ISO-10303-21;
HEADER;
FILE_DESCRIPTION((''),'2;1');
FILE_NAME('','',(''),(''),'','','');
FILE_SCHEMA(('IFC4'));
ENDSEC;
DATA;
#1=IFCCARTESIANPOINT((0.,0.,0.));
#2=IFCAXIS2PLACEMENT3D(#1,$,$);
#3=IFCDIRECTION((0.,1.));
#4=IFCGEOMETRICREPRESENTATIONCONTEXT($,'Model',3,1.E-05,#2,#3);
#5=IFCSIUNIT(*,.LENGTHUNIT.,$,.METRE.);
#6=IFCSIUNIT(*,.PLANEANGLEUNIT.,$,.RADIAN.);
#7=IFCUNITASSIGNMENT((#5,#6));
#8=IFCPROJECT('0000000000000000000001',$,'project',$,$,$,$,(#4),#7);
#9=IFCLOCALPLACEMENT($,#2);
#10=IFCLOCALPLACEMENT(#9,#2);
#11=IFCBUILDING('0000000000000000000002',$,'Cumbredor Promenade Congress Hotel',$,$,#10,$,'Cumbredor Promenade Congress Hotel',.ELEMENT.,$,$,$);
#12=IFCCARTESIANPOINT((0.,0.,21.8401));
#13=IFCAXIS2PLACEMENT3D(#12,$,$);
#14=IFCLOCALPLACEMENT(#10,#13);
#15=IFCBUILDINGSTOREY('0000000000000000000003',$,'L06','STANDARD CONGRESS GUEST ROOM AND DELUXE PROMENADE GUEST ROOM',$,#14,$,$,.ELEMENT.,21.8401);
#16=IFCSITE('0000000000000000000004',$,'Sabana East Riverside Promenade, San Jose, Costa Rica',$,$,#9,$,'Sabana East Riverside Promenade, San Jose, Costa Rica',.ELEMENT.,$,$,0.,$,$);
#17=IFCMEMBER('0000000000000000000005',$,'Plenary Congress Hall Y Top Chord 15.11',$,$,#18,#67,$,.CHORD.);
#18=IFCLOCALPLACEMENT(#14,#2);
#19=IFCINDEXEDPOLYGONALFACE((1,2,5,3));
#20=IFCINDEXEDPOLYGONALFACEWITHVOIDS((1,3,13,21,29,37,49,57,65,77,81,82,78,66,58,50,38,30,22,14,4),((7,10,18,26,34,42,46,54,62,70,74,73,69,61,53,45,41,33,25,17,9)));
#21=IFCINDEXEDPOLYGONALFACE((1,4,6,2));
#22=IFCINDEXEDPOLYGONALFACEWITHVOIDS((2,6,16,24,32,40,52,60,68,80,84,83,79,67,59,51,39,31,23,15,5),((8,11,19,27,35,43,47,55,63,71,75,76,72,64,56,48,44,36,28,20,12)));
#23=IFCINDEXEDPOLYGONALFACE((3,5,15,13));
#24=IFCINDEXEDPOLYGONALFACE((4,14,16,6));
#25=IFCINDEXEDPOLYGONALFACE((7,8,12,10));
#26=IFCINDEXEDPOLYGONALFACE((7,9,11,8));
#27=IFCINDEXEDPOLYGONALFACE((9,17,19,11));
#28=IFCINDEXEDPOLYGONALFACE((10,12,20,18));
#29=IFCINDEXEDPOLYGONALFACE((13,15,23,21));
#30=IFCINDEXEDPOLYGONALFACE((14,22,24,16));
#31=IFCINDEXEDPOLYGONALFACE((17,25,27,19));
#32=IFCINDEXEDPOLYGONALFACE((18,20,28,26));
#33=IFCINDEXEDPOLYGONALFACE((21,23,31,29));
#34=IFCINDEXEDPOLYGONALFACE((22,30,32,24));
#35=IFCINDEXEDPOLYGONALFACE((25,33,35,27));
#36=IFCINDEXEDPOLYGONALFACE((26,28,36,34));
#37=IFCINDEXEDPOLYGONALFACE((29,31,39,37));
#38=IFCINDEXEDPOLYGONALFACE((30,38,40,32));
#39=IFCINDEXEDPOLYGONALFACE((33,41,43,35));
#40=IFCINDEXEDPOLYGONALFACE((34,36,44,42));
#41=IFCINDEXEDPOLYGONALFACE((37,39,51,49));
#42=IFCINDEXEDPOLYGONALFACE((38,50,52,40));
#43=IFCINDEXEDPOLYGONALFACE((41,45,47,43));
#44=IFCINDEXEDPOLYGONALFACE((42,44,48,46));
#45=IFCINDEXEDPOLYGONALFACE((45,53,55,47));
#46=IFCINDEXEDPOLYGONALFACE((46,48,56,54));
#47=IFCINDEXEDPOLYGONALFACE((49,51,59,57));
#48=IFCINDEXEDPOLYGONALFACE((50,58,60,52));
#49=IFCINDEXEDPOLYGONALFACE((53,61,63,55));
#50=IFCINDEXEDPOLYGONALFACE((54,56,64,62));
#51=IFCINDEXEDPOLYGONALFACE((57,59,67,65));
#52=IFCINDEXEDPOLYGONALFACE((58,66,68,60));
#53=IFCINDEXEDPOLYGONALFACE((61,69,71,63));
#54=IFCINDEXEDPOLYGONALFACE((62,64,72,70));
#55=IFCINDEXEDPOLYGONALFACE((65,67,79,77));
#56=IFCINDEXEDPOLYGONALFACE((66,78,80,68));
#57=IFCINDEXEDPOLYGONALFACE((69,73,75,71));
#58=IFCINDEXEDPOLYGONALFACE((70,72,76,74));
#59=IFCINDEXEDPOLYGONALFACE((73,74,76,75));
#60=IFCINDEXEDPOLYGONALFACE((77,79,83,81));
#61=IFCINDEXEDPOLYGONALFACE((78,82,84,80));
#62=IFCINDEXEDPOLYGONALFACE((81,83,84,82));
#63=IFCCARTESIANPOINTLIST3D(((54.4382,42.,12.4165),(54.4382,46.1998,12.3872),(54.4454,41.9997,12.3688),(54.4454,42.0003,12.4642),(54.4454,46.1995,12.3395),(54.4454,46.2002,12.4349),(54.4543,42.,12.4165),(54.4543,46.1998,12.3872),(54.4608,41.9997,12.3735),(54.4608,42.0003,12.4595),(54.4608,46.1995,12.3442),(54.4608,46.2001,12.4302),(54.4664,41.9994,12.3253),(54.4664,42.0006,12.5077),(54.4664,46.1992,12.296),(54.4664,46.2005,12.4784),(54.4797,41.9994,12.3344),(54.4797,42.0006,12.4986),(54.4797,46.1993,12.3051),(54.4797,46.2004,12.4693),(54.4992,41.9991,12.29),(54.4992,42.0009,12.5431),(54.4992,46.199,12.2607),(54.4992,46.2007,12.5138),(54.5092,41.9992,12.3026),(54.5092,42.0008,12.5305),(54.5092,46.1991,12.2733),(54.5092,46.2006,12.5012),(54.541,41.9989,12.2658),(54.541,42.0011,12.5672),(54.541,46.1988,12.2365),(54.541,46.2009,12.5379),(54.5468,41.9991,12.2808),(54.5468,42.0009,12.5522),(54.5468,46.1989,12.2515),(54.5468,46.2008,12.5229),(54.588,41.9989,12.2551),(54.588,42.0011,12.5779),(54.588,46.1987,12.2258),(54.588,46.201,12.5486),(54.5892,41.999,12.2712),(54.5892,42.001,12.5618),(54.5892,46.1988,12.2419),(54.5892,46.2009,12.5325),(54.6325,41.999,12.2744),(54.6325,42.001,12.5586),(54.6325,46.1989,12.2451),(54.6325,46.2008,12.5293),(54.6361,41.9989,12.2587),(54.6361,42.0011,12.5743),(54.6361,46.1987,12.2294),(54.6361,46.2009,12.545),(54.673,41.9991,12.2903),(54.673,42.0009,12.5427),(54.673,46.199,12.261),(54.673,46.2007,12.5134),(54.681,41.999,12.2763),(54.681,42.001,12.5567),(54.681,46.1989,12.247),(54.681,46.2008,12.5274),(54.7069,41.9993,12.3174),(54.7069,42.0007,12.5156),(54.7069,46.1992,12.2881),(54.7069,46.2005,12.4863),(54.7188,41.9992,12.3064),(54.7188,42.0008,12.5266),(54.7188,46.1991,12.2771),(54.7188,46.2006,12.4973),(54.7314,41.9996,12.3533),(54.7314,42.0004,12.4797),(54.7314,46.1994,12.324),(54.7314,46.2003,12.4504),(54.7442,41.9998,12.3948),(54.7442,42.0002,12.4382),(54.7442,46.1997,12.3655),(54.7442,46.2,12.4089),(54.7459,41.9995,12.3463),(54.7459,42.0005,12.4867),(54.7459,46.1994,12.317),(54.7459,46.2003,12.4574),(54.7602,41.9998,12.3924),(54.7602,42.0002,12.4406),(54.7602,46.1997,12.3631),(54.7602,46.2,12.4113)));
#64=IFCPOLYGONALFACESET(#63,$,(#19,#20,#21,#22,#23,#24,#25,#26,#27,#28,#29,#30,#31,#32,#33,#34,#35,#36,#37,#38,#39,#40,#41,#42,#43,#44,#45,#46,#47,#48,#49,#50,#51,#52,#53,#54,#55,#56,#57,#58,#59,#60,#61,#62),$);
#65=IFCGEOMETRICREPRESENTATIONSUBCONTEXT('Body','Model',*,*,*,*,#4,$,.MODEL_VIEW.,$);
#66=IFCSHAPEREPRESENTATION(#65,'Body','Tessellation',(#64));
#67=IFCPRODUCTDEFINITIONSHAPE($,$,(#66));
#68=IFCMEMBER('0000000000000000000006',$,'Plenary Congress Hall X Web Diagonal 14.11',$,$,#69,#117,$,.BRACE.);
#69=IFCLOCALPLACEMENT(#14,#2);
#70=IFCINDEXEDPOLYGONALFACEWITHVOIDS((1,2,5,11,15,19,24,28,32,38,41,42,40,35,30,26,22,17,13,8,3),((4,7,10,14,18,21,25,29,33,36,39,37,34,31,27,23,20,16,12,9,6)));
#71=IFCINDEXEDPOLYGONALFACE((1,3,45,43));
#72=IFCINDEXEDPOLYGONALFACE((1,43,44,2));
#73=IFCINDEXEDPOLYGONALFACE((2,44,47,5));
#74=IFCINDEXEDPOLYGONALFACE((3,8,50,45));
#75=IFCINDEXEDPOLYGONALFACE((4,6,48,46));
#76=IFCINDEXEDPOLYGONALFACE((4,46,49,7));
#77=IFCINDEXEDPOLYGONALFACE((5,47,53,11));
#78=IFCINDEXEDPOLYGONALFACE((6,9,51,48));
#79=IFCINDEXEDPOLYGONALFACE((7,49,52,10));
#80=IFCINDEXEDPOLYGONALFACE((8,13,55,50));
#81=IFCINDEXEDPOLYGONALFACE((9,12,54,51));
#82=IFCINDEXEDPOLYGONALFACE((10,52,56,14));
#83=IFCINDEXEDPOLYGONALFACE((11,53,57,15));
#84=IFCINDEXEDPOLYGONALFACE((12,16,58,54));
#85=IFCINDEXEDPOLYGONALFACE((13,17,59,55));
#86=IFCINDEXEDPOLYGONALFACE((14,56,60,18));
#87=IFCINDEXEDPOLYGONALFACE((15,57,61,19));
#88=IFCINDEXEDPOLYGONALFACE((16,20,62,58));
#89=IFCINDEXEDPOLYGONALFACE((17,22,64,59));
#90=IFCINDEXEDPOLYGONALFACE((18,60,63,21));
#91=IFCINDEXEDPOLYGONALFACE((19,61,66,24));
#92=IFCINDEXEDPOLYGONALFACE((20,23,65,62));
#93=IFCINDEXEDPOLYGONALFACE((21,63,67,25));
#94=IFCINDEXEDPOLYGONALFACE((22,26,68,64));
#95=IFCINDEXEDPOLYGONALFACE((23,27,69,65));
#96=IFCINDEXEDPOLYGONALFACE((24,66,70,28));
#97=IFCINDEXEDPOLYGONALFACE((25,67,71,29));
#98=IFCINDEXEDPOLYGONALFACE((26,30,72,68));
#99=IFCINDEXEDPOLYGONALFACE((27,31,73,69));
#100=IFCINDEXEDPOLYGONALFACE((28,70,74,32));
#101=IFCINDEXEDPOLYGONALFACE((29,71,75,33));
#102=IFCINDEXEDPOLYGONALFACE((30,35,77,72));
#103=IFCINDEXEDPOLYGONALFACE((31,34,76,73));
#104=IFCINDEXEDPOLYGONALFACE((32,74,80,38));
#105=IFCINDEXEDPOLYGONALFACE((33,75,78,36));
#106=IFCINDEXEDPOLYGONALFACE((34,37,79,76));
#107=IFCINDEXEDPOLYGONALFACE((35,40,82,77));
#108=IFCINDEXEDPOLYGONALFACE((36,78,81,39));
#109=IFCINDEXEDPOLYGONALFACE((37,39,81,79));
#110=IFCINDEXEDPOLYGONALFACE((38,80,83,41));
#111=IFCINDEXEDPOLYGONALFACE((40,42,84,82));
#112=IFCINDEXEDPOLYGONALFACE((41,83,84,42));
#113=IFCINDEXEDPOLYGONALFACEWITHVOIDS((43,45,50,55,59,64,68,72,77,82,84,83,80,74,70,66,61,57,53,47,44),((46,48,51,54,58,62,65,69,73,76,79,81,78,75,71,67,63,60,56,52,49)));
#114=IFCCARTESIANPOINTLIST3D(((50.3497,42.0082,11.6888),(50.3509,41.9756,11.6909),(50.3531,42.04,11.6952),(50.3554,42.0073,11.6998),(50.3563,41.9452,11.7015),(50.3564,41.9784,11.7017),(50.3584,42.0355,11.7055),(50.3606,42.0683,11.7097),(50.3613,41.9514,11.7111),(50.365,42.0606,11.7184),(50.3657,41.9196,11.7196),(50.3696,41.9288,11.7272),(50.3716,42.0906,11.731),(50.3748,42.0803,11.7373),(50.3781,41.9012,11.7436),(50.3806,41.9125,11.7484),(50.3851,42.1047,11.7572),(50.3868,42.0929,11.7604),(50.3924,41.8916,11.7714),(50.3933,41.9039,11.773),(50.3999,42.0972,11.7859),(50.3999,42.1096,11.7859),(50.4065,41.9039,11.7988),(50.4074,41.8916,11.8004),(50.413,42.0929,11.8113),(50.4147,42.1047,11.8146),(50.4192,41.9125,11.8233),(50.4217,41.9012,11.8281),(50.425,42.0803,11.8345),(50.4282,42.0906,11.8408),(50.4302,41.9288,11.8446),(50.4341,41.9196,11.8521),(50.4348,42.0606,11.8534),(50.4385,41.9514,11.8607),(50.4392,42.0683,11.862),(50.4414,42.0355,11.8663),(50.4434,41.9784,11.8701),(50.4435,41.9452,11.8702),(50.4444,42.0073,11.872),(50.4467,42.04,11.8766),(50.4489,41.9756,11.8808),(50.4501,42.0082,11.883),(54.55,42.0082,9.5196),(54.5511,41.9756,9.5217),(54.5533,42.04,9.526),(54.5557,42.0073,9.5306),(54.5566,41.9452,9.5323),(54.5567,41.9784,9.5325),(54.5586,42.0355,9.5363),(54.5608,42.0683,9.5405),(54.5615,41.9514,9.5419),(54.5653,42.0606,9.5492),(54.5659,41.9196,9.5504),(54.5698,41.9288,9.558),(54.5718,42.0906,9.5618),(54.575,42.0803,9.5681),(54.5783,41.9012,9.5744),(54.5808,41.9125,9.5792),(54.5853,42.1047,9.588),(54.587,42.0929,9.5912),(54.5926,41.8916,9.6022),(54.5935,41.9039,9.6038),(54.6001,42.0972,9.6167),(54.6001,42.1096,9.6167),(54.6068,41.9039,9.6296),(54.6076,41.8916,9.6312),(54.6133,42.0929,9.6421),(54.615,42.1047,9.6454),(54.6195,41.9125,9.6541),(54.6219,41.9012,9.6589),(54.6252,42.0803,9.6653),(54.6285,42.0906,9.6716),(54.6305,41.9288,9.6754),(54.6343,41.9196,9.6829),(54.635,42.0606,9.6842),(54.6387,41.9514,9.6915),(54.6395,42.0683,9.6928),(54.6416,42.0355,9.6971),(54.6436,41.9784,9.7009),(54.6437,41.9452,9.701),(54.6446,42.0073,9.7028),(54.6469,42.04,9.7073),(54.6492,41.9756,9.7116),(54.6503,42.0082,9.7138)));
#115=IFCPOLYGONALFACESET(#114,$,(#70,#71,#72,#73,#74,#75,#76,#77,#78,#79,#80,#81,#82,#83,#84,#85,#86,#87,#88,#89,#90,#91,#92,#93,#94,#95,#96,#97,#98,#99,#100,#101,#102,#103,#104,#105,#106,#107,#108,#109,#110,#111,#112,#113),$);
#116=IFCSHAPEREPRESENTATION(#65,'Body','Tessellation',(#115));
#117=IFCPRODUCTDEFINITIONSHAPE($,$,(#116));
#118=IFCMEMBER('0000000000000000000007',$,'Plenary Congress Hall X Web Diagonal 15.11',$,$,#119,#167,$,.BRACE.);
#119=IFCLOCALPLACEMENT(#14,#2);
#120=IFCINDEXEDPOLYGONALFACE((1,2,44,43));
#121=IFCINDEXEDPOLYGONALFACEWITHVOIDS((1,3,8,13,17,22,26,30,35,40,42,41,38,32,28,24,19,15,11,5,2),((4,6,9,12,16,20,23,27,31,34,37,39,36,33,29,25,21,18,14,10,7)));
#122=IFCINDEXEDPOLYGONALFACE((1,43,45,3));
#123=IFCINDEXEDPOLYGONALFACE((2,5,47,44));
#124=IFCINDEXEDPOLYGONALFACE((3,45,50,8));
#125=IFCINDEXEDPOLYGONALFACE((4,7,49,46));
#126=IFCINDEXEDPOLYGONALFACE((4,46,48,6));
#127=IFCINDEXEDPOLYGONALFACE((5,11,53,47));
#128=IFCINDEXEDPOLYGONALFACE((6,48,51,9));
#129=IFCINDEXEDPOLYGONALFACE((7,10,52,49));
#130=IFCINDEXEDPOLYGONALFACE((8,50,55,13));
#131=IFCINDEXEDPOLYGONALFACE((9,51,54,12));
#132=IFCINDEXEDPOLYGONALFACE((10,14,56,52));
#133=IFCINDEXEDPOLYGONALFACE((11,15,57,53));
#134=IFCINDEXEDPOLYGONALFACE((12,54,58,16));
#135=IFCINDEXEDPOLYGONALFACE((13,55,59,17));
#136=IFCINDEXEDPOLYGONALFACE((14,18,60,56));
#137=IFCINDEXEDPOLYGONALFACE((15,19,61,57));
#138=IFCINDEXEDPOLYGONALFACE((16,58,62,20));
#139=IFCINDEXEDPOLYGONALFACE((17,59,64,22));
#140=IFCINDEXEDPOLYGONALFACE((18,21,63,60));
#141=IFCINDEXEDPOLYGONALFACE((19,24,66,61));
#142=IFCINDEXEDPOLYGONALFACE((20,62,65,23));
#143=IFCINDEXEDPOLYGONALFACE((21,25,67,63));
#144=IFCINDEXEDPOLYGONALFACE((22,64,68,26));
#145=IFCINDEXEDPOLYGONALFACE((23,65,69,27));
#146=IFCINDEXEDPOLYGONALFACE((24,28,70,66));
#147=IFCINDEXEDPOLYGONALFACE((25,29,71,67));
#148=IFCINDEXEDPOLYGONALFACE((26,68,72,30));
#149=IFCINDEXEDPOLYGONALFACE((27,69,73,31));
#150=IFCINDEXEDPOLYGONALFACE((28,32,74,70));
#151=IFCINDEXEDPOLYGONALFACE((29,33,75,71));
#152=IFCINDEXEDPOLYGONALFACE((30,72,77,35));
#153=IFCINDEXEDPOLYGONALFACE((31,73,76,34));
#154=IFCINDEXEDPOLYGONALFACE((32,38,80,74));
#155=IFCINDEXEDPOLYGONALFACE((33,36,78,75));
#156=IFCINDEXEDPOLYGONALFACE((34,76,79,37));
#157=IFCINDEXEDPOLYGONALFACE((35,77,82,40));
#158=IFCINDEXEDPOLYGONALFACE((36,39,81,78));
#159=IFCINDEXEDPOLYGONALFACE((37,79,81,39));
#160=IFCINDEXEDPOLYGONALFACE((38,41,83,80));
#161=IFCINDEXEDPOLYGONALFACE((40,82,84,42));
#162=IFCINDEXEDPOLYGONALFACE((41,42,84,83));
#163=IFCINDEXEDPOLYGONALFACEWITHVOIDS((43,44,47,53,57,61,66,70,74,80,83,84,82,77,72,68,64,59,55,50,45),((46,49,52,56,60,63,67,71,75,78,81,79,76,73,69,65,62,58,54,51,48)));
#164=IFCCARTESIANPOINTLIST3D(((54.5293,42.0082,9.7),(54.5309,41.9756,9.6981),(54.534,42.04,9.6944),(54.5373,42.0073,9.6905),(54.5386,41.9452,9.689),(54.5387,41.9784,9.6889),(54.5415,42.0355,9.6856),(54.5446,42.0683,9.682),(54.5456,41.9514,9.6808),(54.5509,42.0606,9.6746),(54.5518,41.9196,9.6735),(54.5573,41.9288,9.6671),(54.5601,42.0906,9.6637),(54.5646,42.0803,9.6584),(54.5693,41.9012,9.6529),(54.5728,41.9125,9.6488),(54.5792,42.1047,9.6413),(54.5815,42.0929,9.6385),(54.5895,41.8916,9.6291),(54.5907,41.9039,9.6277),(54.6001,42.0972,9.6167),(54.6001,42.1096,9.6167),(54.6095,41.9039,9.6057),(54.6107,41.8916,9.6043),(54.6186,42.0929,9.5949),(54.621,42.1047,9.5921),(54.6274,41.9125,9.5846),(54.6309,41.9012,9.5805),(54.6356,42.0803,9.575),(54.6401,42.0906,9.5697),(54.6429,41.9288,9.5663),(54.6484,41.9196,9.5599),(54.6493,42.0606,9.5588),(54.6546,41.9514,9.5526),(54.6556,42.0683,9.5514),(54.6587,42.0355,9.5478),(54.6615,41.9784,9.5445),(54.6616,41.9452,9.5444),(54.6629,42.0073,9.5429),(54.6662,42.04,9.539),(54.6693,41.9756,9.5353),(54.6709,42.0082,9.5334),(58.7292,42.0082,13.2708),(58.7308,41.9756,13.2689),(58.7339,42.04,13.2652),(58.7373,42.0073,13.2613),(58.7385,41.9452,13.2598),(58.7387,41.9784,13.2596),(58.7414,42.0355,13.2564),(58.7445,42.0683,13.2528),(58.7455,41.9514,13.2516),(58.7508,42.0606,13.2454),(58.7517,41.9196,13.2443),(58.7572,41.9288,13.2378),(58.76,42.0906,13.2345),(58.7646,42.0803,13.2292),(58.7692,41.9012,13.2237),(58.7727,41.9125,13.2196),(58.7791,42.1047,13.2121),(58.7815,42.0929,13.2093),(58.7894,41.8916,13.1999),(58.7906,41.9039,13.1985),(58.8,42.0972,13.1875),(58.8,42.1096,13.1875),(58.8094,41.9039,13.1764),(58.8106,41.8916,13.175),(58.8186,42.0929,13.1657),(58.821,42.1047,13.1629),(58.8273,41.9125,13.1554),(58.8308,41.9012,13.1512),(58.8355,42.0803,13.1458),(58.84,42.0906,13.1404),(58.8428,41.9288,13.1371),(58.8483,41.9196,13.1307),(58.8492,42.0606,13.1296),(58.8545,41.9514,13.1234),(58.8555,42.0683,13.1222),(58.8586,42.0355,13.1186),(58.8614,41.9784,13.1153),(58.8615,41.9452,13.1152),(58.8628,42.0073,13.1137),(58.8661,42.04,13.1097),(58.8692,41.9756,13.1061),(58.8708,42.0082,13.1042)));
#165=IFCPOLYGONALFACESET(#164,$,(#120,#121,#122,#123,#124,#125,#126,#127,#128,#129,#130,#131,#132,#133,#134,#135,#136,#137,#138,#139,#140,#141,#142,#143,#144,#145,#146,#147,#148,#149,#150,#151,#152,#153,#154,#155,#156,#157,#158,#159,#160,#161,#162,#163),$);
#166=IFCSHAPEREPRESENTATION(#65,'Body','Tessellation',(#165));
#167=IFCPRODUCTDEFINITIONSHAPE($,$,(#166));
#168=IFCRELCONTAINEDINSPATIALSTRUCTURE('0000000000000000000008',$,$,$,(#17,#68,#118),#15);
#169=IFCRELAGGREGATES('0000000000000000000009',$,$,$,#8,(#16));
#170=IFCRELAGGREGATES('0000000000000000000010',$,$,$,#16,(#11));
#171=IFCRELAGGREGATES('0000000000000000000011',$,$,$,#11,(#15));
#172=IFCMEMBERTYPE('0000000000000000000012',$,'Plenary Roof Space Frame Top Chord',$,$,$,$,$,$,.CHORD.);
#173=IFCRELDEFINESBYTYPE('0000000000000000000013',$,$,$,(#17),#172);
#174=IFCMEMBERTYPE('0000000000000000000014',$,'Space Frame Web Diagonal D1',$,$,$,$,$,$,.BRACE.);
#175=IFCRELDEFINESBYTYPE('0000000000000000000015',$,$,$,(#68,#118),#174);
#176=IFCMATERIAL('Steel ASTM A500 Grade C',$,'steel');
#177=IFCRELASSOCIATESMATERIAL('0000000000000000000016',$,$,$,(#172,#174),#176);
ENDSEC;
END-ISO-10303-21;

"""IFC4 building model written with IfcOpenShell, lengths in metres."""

from ifc_helpers import new_model, si_unit, direction, frame, origin, origin_2d, place, context, subcontext, project, spatial, hollow_circle, extrude, material, material_profile, profile_set, type_object, element, save


model = new_model("IFC4")

# Units and contexts
model_context = context("Model", 3, precision=1e-05, world=origin(), true_north=direction((0.0, 1.0)))
body_context = subcontext(model_context, "Body", "Model", "MODEL_VIEW")
ifc_project = project(units=[si_unit("LENGTHUNIT", "METRE"), si_unit("PLANEANGLEUNIT", "RADIAN")], contexts=[model_context])

# Site, building, storey
site_placement = place(None, origin())
site = spatial("IfcSite", under=ifc_project, at=site_placement, Name="Sabana East Riverside Promenade, San Jose, Costa Rica", LongName="Sabana East Riverside Promenade, San Jose, Costa Rica", CompositionType="ELEMENT", RefElevation=0.0)
building_placement = place(site_placement, origin())
building = spatial("IfcBuilding", under=site, at=building_placement, Name="Cumbredor Promenade Congress Hotel", LongName="Cumbredor Promenade Congress Hotel", CompositionType="ELEMENT")
storey_placement = place(building_placement, frame((0.0, 0.0, 21.8401)))
storey = spatial("IfcBuildingStorey", under=building, at=storey_placement, Name="L06", Description="STANDARD CONGRESS GUEST ROOM AND DELUXE PROMENADE GUEST ROOM", CompositionType="ELEMENT", Elevation=21.8401)

# Members
ifc_material_1 = material(Name="Steel ASTM A500 Grade C", Category="steel")
ifc_material_profile_1 = material_profile(ifc_material_1, hollow_circle(Radius=0.1619, WallThickness=0.0161, at=origin_2d()), Name="CHS 323.9x16")
ifc_profile_set_1 = profile_set([ifc_material_profile_1], Name="Steel ASTM A500 Grade C")
member_type_1 = type_object("IfcMemberType", Name="Plenary Roof Space Frame Top Chord", PredefinedType="CHORD", material=ifc_profile_set_1)
member_1_placement = place(storey_placement, frame((54.6001, 42.0, 12.4165), z_axis=(0.0, 0.999976, -0.006975), x_axis=(-1.0, 0.0, 0.0)))
element("IfcMember", 1, at=member_1_placement, inside=storey, type_object=member_type_1, Name="Plenary Congress Hall Y Top Chord 15.11", PredefinedType="CHORD", context=body_context, shape_type="SweptSolid", body=[
    extrude(hollow_circle(Radius=0.1619, WallThickness=0.0161, at=origin_2d()), origin(), (0.0, 0.0, 1.0), 4.2),
])
ifc_material_profile_2 = material_profile(ifc_material_1, hollow_circle(Radius=0.1096, WallThickness=0.0125, at=origin_2d()), Name="CHS 219.1x12.5")
ifc_profile_set_2 = profile_set([ifc_material_profile_2], Name="Steel ASTM A500 Grade C")
member_type_2 = type_object("IfcMemberType", Name="Space Frame Web Diagonal D1", PredefinedType="BRACE", material=ifc_profile_set_2)
member_2_placement = place(storey_placement, frame((50.3999, 42.0, 11.7859), z_axis=(0.888505, 0.0, -0.458868), x_axis=(0.0, 1.0, 0.0)))
element("IfcMember", 2, at=member_2_placement, inside=storey, type_object=member_type_2, Name="Plenary Congress Hall X Web Diagonal 14.11", PredefinedType="BRACE", context=body_context, shape_type="SweptSolid", body=[
    extrude(hollow_circle(Radius=0.1096, WallThickness=0.0125, at=origin_2d()), origin(), (0.0, 0.0, 1.0), 4.7273),
])
member_3_placement = place(storey_placement, frame((54.6001, 42.0, 9.6167), z_axis=(0.761864, 0.0, 0.647737), x_axis=(0.0, 1.0, 0.0)))
element("IfcMember", 3, at=member_3_placement, inside=storey, type_object=member_type_2, Name="Plenary Congress Hall X Web Diagonal 15.11", PredefinedType="BRACE", context=body_context, shape_type="SweptSolid", body=[
    extrude(hollow_circle(Radius=0.1096, WallThickness=0.0125, at=origin_2d()), origin(), (0.0, 0.0, 1.0), 5.5127),
])

save(model, "model.ifc")
